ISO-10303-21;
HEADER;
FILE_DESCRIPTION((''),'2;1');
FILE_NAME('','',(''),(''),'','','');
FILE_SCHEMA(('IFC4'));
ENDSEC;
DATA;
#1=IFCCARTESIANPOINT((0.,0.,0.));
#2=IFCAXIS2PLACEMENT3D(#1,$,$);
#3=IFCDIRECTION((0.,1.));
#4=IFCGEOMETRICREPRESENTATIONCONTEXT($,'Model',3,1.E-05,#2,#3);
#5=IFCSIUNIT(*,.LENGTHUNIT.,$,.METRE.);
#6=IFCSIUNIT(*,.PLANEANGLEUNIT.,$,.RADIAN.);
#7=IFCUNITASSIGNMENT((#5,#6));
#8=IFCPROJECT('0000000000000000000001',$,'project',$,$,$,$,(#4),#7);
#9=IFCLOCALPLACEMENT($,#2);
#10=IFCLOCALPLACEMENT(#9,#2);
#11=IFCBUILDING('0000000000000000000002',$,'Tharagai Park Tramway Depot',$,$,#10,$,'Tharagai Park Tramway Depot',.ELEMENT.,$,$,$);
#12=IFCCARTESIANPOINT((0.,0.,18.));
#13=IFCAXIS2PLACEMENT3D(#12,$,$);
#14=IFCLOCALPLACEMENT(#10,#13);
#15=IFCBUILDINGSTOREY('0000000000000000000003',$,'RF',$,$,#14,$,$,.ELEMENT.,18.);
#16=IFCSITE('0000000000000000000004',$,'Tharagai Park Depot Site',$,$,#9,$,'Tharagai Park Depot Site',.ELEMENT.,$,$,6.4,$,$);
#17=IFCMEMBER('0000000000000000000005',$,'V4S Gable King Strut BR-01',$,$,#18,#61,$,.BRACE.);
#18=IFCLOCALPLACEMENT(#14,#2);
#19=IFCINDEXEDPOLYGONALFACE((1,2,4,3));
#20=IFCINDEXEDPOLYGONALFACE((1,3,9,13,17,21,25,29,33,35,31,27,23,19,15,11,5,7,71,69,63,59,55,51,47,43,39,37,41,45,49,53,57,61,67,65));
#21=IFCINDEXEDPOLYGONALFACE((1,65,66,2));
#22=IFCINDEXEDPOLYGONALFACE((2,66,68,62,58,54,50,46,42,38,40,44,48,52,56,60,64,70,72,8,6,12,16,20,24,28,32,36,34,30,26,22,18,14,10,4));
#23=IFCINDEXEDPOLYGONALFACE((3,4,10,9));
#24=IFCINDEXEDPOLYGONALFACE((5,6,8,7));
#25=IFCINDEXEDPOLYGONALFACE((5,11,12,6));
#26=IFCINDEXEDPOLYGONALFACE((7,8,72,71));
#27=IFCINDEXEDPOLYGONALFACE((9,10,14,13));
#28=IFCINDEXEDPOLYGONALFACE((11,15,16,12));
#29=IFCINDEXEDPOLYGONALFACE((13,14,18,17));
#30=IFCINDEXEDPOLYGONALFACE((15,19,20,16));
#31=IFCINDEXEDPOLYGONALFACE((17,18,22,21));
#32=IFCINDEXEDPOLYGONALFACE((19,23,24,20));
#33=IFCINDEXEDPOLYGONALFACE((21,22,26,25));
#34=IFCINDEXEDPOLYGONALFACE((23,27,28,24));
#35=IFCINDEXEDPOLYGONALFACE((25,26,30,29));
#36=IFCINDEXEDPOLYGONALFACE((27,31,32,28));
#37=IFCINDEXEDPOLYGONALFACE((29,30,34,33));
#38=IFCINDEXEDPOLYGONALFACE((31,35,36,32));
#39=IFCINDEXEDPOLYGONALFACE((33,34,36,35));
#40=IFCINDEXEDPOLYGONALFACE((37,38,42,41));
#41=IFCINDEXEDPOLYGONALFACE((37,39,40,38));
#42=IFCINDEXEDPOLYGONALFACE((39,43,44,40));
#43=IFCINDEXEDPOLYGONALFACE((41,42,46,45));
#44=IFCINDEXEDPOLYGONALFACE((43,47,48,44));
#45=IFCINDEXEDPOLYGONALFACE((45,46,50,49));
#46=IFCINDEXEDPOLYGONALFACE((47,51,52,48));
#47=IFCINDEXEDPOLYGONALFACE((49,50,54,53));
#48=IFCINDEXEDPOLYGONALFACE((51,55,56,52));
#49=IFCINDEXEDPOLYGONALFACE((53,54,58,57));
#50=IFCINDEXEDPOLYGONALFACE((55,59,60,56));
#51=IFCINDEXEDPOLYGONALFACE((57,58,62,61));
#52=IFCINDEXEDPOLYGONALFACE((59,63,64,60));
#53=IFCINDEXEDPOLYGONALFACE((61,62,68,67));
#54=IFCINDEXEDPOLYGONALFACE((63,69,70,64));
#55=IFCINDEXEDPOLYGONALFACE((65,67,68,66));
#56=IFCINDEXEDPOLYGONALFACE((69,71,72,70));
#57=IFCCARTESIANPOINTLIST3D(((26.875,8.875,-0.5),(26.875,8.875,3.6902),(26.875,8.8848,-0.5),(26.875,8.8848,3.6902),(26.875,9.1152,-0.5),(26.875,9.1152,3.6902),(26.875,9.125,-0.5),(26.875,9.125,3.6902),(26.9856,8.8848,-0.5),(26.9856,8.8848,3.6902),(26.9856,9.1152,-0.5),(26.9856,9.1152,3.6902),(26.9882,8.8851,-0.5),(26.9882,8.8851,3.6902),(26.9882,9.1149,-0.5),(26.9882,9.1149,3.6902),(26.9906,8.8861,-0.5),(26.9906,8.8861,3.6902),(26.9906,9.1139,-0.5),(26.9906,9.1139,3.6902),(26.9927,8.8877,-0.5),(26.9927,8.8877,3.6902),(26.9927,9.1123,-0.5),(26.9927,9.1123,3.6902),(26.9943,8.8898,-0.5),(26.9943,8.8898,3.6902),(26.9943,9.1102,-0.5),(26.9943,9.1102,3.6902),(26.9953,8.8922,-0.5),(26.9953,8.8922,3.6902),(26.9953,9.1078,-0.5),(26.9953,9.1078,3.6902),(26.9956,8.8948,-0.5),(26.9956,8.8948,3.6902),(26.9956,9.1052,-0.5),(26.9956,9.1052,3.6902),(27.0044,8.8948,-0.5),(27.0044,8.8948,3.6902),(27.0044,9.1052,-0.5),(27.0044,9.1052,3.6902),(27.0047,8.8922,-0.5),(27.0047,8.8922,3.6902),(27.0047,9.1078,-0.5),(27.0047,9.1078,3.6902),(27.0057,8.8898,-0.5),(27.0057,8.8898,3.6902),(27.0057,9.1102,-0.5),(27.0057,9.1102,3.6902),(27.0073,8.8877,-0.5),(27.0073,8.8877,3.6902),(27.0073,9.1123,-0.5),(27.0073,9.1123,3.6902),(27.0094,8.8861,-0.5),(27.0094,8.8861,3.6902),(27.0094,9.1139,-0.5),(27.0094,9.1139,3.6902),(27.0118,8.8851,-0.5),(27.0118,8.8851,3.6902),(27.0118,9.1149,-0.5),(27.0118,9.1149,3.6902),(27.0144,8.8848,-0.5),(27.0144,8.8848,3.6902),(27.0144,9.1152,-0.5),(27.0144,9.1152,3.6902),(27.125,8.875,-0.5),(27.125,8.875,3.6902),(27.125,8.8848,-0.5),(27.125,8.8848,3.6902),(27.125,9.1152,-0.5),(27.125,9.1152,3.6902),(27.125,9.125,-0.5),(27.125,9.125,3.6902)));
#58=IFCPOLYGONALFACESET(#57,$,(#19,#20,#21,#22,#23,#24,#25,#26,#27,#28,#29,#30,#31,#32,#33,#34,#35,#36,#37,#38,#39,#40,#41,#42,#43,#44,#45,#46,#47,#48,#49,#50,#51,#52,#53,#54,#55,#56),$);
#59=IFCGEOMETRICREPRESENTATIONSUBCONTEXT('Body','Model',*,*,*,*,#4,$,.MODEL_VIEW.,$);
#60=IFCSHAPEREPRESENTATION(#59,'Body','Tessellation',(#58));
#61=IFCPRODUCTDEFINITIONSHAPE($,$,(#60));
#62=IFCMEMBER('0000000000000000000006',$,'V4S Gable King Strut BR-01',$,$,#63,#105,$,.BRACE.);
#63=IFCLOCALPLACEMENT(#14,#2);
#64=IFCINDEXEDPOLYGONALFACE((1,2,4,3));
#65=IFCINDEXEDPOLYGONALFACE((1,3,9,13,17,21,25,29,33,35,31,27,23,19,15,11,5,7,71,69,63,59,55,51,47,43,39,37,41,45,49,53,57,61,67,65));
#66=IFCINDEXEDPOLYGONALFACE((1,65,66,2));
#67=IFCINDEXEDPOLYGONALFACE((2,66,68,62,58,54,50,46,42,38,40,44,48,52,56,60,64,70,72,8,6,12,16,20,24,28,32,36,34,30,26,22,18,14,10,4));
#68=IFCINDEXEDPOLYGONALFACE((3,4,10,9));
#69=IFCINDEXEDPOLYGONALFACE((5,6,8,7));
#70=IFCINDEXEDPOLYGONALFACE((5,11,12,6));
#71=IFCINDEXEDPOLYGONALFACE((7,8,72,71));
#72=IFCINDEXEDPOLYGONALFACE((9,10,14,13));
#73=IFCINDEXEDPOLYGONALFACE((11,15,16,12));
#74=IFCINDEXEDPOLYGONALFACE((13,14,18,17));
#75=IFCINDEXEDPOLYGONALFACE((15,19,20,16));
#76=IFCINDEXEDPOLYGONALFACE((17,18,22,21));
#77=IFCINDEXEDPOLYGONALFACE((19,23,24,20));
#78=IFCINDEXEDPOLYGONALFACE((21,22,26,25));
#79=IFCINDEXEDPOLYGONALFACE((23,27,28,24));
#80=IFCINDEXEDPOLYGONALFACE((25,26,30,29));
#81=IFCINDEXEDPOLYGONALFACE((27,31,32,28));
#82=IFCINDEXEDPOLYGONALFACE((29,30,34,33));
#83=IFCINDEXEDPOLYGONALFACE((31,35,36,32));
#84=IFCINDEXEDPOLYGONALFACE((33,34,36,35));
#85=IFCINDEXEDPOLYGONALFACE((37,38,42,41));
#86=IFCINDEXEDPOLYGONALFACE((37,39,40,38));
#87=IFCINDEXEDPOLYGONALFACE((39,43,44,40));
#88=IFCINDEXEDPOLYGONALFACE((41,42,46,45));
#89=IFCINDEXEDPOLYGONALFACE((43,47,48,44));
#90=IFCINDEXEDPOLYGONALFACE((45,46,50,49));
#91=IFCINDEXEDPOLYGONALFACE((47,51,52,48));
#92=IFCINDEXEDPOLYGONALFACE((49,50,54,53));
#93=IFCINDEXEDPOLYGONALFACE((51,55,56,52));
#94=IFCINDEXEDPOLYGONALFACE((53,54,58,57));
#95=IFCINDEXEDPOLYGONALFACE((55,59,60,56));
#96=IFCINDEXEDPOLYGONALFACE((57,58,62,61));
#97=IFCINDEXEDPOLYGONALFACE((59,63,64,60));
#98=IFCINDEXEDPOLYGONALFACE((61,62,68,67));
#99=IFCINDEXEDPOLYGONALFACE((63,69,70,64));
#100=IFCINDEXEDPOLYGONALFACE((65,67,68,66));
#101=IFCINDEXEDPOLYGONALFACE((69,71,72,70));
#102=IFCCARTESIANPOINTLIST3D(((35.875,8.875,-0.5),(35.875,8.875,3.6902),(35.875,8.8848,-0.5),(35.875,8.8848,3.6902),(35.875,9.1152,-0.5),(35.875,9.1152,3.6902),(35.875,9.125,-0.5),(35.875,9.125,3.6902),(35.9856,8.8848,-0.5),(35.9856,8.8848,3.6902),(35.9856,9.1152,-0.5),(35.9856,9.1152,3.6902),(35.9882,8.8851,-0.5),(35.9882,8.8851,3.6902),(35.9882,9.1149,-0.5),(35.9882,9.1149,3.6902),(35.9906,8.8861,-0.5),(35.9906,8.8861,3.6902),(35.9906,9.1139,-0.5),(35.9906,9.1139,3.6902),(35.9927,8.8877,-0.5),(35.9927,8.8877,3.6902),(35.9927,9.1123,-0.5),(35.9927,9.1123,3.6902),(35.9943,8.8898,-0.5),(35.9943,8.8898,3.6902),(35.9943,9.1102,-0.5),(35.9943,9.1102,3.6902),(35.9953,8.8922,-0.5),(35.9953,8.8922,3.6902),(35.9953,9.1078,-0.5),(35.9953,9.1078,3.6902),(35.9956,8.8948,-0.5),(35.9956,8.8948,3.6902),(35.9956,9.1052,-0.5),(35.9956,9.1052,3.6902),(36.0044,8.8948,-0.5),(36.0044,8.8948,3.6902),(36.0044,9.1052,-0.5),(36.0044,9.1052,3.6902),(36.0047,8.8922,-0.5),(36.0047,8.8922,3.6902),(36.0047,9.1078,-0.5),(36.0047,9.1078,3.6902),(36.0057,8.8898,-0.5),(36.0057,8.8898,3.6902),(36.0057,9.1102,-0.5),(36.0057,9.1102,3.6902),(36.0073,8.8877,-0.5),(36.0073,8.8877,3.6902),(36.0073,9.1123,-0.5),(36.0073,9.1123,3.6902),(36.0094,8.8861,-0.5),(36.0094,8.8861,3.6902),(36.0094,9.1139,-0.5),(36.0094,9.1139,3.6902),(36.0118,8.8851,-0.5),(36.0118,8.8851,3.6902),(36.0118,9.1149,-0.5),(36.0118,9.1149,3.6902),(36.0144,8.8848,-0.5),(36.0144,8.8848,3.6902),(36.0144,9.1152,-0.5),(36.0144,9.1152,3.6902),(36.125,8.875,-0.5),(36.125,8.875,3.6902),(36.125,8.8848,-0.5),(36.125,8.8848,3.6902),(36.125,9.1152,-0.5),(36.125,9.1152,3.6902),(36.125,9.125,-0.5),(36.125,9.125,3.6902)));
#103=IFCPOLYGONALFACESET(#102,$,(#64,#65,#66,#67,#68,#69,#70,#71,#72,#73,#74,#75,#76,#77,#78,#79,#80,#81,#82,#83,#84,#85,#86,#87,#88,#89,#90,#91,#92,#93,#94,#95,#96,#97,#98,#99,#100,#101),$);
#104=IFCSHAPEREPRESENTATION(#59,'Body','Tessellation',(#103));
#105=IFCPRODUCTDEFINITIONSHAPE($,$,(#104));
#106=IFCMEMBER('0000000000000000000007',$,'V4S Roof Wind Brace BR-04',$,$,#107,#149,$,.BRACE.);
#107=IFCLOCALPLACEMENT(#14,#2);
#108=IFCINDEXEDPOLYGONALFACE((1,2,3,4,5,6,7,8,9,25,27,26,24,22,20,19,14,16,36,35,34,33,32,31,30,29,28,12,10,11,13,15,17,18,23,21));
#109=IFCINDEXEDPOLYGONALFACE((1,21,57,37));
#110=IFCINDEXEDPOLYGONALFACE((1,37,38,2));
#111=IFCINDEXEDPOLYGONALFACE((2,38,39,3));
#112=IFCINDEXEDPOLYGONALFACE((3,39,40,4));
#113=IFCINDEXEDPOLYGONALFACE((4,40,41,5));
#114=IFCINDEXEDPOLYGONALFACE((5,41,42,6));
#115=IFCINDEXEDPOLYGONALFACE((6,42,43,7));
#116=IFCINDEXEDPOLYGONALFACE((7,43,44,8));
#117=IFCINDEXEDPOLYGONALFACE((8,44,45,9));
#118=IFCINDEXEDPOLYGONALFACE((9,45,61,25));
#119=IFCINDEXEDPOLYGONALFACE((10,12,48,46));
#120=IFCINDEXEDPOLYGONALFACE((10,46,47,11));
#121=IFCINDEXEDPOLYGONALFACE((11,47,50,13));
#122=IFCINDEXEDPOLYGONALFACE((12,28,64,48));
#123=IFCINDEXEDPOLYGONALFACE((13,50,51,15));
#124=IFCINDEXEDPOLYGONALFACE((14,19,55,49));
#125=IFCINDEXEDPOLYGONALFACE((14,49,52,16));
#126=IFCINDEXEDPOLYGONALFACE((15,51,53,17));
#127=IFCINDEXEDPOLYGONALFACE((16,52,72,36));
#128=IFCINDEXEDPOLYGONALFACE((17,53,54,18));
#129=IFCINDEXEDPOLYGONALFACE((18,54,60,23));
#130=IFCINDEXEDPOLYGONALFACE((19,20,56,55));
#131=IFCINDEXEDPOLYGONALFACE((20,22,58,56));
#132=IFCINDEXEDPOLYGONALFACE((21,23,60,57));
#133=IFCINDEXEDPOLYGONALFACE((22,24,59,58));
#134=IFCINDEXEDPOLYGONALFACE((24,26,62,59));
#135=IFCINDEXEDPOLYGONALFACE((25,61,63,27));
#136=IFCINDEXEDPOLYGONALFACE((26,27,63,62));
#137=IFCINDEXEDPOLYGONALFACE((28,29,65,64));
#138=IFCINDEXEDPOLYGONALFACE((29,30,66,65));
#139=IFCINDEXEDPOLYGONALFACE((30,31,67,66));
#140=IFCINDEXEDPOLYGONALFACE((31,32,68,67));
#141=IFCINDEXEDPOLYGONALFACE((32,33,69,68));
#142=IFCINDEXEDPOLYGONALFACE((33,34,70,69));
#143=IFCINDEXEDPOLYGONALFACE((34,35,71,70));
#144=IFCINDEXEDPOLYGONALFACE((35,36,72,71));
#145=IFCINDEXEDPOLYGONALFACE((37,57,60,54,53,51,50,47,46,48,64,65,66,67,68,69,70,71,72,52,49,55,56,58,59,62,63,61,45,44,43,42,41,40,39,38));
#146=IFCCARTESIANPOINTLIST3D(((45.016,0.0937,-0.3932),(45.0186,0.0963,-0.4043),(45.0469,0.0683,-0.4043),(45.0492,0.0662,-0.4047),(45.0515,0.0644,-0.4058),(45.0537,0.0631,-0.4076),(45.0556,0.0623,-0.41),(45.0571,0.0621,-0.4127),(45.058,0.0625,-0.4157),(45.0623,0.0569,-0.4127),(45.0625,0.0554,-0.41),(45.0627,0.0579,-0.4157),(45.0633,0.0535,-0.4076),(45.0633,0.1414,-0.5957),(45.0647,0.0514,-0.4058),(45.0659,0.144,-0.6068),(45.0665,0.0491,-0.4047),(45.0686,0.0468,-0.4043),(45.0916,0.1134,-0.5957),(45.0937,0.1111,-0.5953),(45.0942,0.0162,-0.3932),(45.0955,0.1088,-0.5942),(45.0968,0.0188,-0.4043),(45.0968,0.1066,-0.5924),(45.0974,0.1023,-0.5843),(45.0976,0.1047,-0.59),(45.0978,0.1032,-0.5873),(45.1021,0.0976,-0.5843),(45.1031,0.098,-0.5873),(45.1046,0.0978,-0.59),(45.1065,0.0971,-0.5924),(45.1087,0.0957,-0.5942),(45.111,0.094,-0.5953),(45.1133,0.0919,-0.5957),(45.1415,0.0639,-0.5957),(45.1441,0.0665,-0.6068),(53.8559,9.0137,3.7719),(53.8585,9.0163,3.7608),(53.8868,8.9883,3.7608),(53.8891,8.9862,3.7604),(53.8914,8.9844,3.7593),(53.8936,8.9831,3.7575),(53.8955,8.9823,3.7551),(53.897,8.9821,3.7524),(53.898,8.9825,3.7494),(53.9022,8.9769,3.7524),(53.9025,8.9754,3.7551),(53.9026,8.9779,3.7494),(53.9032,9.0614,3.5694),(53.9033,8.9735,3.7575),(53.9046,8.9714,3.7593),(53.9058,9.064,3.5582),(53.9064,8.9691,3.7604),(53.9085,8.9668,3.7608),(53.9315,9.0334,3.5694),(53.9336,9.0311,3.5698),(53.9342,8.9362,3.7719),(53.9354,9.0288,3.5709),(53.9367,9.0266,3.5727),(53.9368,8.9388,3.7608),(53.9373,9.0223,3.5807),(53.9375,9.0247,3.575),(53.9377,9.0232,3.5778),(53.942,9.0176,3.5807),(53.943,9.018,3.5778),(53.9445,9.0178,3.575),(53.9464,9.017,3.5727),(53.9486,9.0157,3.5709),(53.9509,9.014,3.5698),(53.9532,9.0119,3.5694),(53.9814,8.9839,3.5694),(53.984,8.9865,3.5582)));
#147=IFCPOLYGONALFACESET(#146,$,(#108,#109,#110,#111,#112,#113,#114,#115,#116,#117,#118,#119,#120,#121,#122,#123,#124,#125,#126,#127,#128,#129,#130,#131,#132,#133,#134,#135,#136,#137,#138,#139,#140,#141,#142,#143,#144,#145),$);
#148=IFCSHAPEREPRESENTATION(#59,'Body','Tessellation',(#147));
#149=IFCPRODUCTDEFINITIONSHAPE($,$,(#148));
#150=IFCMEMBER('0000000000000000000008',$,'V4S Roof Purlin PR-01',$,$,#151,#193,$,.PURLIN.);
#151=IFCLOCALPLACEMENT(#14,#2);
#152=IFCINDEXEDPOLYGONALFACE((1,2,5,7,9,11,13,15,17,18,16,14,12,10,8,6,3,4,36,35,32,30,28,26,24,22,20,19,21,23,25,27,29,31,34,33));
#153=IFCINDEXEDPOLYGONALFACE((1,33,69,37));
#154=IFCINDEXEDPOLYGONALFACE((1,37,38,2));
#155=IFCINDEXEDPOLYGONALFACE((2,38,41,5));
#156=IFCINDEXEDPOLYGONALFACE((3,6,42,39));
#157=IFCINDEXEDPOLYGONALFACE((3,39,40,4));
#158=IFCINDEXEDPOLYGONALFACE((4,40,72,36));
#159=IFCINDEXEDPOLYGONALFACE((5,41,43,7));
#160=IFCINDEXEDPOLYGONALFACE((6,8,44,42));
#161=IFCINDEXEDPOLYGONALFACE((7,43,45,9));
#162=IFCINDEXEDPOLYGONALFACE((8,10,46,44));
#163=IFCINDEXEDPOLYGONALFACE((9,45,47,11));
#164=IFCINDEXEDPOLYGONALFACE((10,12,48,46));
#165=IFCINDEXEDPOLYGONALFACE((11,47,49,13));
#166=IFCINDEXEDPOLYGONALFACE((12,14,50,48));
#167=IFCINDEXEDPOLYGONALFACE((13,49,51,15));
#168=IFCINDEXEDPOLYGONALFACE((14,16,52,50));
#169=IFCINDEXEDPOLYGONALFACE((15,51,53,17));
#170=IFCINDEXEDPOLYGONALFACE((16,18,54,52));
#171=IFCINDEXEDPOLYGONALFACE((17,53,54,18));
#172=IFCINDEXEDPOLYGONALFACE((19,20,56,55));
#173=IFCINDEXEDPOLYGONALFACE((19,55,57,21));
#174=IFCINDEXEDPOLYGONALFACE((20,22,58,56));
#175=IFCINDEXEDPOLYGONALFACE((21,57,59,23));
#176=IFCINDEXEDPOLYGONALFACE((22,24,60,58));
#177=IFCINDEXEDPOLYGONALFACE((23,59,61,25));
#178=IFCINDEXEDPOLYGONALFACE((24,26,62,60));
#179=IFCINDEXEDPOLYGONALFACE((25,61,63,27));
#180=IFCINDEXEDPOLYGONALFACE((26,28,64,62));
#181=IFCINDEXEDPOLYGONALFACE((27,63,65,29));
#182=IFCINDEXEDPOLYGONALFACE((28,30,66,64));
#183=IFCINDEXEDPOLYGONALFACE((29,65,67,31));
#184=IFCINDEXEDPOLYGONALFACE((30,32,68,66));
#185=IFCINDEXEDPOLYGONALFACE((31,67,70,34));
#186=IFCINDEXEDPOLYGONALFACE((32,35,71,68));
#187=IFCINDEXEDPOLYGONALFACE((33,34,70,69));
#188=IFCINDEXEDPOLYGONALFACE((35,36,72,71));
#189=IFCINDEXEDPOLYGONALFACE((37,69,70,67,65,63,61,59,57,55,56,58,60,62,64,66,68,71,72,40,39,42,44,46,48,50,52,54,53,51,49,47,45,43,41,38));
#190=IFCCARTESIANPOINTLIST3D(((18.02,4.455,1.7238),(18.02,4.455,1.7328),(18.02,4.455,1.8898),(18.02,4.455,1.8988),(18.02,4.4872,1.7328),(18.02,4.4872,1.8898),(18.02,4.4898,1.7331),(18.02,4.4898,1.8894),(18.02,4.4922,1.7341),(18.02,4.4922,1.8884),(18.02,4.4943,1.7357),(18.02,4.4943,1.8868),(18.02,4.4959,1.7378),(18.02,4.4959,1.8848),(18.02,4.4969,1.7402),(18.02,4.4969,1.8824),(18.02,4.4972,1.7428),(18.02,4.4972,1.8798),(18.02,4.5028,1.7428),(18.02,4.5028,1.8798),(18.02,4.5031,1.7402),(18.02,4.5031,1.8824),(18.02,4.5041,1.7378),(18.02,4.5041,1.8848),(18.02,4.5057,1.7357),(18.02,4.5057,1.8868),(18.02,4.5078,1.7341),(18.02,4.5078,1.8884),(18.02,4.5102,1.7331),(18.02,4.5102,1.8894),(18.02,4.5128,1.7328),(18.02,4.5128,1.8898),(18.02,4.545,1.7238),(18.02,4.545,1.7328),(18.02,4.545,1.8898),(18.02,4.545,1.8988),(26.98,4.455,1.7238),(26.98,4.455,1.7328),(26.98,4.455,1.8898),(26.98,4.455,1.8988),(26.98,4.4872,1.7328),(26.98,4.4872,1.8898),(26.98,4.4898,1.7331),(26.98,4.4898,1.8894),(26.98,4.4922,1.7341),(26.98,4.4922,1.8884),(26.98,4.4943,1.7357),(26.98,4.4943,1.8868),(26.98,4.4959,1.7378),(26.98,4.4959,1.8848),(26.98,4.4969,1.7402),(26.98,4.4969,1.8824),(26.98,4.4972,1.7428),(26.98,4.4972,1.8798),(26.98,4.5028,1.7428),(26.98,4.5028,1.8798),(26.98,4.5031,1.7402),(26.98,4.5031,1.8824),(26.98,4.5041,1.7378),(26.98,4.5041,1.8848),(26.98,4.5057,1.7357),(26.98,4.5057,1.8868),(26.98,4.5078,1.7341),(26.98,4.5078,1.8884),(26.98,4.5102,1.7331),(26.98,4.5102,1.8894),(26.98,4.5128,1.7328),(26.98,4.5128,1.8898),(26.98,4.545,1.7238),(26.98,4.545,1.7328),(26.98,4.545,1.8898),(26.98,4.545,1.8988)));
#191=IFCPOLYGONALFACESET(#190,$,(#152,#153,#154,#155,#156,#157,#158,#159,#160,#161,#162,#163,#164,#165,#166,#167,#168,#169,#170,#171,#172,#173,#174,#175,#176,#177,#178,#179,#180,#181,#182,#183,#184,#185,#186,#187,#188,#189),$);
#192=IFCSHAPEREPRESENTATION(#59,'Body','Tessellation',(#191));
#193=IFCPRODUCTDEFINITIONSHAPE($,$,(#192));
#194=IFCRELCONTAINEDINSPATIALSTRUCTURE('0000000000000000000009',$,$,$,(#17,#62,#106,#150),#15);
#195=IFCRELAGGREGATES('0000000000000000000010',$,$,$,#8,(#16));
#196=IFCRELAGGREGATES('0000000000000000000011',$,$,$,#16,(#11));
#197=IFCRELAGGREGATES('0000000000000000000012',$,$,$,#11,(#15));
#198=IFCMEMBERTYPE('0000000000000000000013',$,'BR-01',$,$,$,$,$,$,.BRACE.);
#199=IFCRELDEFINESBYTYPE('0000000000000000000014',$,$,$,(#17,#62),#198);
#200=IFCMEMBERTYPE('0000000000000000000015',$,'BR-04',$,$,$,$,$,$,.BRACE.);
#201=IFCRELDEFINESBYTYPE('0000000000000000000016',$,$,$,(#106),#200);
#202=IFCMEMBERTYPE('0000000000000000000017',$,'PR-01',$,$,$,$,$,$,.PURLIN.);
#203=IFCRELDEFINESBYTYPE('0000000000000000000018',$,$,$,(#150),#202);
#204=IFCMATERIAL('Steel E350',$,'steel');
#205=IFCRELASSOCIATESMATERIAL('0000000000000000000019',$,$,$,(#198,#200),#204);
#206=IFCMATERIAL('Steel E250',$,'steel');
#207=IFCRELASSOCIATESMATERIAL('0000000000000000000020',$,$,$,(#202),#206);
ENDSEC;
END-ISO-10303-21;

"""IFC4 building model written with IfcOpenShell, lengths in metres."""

from ifc_helpers import new_model, si_unit, direction, frame, origin, origin_2d, place, context, subcontext, project, spatial, i_section, extrude, material, material_profile, profile_set, type_object, element, save


model = new_model("IFC4")

# Units and contexts
model_context = context("Model", 3, precision=1e-05, world=origin(), true_north=direction((0.0, 1.0)))
body_context = subcontext(model_context, "Body", "Model", "MODEL_VIEW")
ifc_project = project(units=[si_unit("LENGTHUNIT", "METRE"), si_unit("PLANEANGLEUNIT", "RADIAN")], contexts=[model_context])

# Site, building, storey
site_placement = place(None, origin())
site = spatial("IfcSite", under=ifc_project, at=site_placement, Name="Tharagai Park Depot Site", LongName="Tharagai Park Depot Site", CompositionType="ELEMENT", RefElevation=6.4)
building_placement = place(site_placement, origin())
building = spatial("IfcBuilding", under=site, at=building_placement, Name="Tharagai Park Tramway Depot", LongName="Tharagai Park Tramway Depot", CompositionType="ELEMENT")
storey_placement = place(building_placement, frame((0.0, 0.0, 18.0)))
storey = spatial("IfcBuildingStorey", under=building, at=storey_placement, Name="RF", CompositionType="ELEMENT", Elevation=18.0)

# Shared definitions
ifc_material_1 = material(Name="Steel E350", Category="steel")

# Members
ifc_material_profile_1 = material_profile(ifc_material_1, i_section(OverallWidth=0.25, OverallDepth=0.25, WebThickness=0.0088, FlangeThickness=0.0098, FilletRadius=0.01, at=origin_2d()), Name="ISHB 250")
ifc_profile_set_1 = profile_set([ifc_material_profile_1], Name="Steel E350")
member_type_1 = type_object("IfcMemberType", Name="BR-01", PredefinedType="BRACE", material=ifc_profile_set_1)
for number, where, z_axis, x_axis, name in (
    (1, (27.0, 9.0, -0.5), (0.0, 0.0, 1.0), (1.0, 0.0, 0.0), "V4S Gable King Strut BR-01"),
    (2, (36.0, 9.0, -0.5), (0.0, 0.0, 1.0), (1.0, 0.0, 0.0), "V4S Gable King Strut BR-01"),
):
    element("IfcMember", number, at=place(storey_placement, frame(where, z_axis=z_axis, x_axis=x_axis)), inside=storey, type_object=member_type_1, Name=name, PredefinedType="BRACE", context=body_context, shape_type="SweptSolid", body=[
        extrude(i_section(OverallWidth=0.25, OverallDepth=0.25, WebThickness=0.0088, FlangeThickness=0.0098, FilletRadius=0.01, at=origin_2d()), origin(), (0.0, 0.0, 1.0), 4.1902),
    ])
ifc_material_profile_2 = material_profile(ifc_material_1, i_section(OverallWidth=0.1101, OverallDepth=0.2251, WebThickness=0.0066, FlangeThickness=0.0117, FilletRadius=0.012, at=origin_2d()), Name="ISMB 225")
ifc_profile_set_2 = profile_set([ifc_material_profile_2], Name="Steel E350")
member_type_2 = type_object("IfcMemberType", Name="BR-04", PredefinedType="BRACE", material=ifc_profile_set_2)
member_placement = place(storey_placement, frame((45.0801, 0.0801, -0.5), z_axis=(0.668124, 0.674176, 0.314798), x_axis=(-0.710288, 0.703911, 0.0)))
element("IfcMember", 3, at=member_placement, inside=storey, type_object=member_type_2, Name="V4S Roof Wind Brace BR-04", PredefinedType="BRACE", context=body_context, shape_type="SweptSolid", body=[
    extrude(i_section(OverallWidth=0.1101, OverallDepth=0.2251, WebThickness=0.0066, FlangeThickness=0.0117, FilletRadius=0.012, at=origin_2d()), origin(), (0.0, 0.0, 1.0), 13.231),
])
ifc_material_2 = material(Name="Steel E250", Category="steel")
ifc_material_profile_3 = material_profile(ifc_material_2, i_section(OverallWidth=0.0901, OverallDepth=0.175, WebThickness=0.0056, FlangeThickness=0.009, FilletRadius=0.01, at=origin_2d()), Name="ISMB 175")
ifc_profile_set_3 = profile_set([ifc_material_profile_3], Name="Steel E250")
member_type_3 = type_object("IfcMemberType", Name="PR-01", PredefinedType="PURLIN", material=ifc_profile_set_3)
for number, where, z_axis, x_axis, name in (
    (4, (18.02, 4.5, 1.8113), (1.0, 0.0, 0.0), (0.0, 1.0, 0.0), "V4S Roof Purlin PR-01"),
):
    element("IfcMember", number, at=place(storey_placement, frame(where, z_axis=z_axis, x_axis=x_axis)), inside=storey, type_object=member_type_3, Name=name, PredefinedType="PURLIN", context=body_context, shape_type="SweptSolid", body=[
        extrude(i_section(OverallWidth=0.0901, OverallDepth=0.175, WebThickness=0.0056, FlangeThickness=0.009, FilletRadius=0.01, at=origin_2d()), origin(), (0.0, 0.0, 1.0), 8.96),
    ])

save(model, "model.ifc")
